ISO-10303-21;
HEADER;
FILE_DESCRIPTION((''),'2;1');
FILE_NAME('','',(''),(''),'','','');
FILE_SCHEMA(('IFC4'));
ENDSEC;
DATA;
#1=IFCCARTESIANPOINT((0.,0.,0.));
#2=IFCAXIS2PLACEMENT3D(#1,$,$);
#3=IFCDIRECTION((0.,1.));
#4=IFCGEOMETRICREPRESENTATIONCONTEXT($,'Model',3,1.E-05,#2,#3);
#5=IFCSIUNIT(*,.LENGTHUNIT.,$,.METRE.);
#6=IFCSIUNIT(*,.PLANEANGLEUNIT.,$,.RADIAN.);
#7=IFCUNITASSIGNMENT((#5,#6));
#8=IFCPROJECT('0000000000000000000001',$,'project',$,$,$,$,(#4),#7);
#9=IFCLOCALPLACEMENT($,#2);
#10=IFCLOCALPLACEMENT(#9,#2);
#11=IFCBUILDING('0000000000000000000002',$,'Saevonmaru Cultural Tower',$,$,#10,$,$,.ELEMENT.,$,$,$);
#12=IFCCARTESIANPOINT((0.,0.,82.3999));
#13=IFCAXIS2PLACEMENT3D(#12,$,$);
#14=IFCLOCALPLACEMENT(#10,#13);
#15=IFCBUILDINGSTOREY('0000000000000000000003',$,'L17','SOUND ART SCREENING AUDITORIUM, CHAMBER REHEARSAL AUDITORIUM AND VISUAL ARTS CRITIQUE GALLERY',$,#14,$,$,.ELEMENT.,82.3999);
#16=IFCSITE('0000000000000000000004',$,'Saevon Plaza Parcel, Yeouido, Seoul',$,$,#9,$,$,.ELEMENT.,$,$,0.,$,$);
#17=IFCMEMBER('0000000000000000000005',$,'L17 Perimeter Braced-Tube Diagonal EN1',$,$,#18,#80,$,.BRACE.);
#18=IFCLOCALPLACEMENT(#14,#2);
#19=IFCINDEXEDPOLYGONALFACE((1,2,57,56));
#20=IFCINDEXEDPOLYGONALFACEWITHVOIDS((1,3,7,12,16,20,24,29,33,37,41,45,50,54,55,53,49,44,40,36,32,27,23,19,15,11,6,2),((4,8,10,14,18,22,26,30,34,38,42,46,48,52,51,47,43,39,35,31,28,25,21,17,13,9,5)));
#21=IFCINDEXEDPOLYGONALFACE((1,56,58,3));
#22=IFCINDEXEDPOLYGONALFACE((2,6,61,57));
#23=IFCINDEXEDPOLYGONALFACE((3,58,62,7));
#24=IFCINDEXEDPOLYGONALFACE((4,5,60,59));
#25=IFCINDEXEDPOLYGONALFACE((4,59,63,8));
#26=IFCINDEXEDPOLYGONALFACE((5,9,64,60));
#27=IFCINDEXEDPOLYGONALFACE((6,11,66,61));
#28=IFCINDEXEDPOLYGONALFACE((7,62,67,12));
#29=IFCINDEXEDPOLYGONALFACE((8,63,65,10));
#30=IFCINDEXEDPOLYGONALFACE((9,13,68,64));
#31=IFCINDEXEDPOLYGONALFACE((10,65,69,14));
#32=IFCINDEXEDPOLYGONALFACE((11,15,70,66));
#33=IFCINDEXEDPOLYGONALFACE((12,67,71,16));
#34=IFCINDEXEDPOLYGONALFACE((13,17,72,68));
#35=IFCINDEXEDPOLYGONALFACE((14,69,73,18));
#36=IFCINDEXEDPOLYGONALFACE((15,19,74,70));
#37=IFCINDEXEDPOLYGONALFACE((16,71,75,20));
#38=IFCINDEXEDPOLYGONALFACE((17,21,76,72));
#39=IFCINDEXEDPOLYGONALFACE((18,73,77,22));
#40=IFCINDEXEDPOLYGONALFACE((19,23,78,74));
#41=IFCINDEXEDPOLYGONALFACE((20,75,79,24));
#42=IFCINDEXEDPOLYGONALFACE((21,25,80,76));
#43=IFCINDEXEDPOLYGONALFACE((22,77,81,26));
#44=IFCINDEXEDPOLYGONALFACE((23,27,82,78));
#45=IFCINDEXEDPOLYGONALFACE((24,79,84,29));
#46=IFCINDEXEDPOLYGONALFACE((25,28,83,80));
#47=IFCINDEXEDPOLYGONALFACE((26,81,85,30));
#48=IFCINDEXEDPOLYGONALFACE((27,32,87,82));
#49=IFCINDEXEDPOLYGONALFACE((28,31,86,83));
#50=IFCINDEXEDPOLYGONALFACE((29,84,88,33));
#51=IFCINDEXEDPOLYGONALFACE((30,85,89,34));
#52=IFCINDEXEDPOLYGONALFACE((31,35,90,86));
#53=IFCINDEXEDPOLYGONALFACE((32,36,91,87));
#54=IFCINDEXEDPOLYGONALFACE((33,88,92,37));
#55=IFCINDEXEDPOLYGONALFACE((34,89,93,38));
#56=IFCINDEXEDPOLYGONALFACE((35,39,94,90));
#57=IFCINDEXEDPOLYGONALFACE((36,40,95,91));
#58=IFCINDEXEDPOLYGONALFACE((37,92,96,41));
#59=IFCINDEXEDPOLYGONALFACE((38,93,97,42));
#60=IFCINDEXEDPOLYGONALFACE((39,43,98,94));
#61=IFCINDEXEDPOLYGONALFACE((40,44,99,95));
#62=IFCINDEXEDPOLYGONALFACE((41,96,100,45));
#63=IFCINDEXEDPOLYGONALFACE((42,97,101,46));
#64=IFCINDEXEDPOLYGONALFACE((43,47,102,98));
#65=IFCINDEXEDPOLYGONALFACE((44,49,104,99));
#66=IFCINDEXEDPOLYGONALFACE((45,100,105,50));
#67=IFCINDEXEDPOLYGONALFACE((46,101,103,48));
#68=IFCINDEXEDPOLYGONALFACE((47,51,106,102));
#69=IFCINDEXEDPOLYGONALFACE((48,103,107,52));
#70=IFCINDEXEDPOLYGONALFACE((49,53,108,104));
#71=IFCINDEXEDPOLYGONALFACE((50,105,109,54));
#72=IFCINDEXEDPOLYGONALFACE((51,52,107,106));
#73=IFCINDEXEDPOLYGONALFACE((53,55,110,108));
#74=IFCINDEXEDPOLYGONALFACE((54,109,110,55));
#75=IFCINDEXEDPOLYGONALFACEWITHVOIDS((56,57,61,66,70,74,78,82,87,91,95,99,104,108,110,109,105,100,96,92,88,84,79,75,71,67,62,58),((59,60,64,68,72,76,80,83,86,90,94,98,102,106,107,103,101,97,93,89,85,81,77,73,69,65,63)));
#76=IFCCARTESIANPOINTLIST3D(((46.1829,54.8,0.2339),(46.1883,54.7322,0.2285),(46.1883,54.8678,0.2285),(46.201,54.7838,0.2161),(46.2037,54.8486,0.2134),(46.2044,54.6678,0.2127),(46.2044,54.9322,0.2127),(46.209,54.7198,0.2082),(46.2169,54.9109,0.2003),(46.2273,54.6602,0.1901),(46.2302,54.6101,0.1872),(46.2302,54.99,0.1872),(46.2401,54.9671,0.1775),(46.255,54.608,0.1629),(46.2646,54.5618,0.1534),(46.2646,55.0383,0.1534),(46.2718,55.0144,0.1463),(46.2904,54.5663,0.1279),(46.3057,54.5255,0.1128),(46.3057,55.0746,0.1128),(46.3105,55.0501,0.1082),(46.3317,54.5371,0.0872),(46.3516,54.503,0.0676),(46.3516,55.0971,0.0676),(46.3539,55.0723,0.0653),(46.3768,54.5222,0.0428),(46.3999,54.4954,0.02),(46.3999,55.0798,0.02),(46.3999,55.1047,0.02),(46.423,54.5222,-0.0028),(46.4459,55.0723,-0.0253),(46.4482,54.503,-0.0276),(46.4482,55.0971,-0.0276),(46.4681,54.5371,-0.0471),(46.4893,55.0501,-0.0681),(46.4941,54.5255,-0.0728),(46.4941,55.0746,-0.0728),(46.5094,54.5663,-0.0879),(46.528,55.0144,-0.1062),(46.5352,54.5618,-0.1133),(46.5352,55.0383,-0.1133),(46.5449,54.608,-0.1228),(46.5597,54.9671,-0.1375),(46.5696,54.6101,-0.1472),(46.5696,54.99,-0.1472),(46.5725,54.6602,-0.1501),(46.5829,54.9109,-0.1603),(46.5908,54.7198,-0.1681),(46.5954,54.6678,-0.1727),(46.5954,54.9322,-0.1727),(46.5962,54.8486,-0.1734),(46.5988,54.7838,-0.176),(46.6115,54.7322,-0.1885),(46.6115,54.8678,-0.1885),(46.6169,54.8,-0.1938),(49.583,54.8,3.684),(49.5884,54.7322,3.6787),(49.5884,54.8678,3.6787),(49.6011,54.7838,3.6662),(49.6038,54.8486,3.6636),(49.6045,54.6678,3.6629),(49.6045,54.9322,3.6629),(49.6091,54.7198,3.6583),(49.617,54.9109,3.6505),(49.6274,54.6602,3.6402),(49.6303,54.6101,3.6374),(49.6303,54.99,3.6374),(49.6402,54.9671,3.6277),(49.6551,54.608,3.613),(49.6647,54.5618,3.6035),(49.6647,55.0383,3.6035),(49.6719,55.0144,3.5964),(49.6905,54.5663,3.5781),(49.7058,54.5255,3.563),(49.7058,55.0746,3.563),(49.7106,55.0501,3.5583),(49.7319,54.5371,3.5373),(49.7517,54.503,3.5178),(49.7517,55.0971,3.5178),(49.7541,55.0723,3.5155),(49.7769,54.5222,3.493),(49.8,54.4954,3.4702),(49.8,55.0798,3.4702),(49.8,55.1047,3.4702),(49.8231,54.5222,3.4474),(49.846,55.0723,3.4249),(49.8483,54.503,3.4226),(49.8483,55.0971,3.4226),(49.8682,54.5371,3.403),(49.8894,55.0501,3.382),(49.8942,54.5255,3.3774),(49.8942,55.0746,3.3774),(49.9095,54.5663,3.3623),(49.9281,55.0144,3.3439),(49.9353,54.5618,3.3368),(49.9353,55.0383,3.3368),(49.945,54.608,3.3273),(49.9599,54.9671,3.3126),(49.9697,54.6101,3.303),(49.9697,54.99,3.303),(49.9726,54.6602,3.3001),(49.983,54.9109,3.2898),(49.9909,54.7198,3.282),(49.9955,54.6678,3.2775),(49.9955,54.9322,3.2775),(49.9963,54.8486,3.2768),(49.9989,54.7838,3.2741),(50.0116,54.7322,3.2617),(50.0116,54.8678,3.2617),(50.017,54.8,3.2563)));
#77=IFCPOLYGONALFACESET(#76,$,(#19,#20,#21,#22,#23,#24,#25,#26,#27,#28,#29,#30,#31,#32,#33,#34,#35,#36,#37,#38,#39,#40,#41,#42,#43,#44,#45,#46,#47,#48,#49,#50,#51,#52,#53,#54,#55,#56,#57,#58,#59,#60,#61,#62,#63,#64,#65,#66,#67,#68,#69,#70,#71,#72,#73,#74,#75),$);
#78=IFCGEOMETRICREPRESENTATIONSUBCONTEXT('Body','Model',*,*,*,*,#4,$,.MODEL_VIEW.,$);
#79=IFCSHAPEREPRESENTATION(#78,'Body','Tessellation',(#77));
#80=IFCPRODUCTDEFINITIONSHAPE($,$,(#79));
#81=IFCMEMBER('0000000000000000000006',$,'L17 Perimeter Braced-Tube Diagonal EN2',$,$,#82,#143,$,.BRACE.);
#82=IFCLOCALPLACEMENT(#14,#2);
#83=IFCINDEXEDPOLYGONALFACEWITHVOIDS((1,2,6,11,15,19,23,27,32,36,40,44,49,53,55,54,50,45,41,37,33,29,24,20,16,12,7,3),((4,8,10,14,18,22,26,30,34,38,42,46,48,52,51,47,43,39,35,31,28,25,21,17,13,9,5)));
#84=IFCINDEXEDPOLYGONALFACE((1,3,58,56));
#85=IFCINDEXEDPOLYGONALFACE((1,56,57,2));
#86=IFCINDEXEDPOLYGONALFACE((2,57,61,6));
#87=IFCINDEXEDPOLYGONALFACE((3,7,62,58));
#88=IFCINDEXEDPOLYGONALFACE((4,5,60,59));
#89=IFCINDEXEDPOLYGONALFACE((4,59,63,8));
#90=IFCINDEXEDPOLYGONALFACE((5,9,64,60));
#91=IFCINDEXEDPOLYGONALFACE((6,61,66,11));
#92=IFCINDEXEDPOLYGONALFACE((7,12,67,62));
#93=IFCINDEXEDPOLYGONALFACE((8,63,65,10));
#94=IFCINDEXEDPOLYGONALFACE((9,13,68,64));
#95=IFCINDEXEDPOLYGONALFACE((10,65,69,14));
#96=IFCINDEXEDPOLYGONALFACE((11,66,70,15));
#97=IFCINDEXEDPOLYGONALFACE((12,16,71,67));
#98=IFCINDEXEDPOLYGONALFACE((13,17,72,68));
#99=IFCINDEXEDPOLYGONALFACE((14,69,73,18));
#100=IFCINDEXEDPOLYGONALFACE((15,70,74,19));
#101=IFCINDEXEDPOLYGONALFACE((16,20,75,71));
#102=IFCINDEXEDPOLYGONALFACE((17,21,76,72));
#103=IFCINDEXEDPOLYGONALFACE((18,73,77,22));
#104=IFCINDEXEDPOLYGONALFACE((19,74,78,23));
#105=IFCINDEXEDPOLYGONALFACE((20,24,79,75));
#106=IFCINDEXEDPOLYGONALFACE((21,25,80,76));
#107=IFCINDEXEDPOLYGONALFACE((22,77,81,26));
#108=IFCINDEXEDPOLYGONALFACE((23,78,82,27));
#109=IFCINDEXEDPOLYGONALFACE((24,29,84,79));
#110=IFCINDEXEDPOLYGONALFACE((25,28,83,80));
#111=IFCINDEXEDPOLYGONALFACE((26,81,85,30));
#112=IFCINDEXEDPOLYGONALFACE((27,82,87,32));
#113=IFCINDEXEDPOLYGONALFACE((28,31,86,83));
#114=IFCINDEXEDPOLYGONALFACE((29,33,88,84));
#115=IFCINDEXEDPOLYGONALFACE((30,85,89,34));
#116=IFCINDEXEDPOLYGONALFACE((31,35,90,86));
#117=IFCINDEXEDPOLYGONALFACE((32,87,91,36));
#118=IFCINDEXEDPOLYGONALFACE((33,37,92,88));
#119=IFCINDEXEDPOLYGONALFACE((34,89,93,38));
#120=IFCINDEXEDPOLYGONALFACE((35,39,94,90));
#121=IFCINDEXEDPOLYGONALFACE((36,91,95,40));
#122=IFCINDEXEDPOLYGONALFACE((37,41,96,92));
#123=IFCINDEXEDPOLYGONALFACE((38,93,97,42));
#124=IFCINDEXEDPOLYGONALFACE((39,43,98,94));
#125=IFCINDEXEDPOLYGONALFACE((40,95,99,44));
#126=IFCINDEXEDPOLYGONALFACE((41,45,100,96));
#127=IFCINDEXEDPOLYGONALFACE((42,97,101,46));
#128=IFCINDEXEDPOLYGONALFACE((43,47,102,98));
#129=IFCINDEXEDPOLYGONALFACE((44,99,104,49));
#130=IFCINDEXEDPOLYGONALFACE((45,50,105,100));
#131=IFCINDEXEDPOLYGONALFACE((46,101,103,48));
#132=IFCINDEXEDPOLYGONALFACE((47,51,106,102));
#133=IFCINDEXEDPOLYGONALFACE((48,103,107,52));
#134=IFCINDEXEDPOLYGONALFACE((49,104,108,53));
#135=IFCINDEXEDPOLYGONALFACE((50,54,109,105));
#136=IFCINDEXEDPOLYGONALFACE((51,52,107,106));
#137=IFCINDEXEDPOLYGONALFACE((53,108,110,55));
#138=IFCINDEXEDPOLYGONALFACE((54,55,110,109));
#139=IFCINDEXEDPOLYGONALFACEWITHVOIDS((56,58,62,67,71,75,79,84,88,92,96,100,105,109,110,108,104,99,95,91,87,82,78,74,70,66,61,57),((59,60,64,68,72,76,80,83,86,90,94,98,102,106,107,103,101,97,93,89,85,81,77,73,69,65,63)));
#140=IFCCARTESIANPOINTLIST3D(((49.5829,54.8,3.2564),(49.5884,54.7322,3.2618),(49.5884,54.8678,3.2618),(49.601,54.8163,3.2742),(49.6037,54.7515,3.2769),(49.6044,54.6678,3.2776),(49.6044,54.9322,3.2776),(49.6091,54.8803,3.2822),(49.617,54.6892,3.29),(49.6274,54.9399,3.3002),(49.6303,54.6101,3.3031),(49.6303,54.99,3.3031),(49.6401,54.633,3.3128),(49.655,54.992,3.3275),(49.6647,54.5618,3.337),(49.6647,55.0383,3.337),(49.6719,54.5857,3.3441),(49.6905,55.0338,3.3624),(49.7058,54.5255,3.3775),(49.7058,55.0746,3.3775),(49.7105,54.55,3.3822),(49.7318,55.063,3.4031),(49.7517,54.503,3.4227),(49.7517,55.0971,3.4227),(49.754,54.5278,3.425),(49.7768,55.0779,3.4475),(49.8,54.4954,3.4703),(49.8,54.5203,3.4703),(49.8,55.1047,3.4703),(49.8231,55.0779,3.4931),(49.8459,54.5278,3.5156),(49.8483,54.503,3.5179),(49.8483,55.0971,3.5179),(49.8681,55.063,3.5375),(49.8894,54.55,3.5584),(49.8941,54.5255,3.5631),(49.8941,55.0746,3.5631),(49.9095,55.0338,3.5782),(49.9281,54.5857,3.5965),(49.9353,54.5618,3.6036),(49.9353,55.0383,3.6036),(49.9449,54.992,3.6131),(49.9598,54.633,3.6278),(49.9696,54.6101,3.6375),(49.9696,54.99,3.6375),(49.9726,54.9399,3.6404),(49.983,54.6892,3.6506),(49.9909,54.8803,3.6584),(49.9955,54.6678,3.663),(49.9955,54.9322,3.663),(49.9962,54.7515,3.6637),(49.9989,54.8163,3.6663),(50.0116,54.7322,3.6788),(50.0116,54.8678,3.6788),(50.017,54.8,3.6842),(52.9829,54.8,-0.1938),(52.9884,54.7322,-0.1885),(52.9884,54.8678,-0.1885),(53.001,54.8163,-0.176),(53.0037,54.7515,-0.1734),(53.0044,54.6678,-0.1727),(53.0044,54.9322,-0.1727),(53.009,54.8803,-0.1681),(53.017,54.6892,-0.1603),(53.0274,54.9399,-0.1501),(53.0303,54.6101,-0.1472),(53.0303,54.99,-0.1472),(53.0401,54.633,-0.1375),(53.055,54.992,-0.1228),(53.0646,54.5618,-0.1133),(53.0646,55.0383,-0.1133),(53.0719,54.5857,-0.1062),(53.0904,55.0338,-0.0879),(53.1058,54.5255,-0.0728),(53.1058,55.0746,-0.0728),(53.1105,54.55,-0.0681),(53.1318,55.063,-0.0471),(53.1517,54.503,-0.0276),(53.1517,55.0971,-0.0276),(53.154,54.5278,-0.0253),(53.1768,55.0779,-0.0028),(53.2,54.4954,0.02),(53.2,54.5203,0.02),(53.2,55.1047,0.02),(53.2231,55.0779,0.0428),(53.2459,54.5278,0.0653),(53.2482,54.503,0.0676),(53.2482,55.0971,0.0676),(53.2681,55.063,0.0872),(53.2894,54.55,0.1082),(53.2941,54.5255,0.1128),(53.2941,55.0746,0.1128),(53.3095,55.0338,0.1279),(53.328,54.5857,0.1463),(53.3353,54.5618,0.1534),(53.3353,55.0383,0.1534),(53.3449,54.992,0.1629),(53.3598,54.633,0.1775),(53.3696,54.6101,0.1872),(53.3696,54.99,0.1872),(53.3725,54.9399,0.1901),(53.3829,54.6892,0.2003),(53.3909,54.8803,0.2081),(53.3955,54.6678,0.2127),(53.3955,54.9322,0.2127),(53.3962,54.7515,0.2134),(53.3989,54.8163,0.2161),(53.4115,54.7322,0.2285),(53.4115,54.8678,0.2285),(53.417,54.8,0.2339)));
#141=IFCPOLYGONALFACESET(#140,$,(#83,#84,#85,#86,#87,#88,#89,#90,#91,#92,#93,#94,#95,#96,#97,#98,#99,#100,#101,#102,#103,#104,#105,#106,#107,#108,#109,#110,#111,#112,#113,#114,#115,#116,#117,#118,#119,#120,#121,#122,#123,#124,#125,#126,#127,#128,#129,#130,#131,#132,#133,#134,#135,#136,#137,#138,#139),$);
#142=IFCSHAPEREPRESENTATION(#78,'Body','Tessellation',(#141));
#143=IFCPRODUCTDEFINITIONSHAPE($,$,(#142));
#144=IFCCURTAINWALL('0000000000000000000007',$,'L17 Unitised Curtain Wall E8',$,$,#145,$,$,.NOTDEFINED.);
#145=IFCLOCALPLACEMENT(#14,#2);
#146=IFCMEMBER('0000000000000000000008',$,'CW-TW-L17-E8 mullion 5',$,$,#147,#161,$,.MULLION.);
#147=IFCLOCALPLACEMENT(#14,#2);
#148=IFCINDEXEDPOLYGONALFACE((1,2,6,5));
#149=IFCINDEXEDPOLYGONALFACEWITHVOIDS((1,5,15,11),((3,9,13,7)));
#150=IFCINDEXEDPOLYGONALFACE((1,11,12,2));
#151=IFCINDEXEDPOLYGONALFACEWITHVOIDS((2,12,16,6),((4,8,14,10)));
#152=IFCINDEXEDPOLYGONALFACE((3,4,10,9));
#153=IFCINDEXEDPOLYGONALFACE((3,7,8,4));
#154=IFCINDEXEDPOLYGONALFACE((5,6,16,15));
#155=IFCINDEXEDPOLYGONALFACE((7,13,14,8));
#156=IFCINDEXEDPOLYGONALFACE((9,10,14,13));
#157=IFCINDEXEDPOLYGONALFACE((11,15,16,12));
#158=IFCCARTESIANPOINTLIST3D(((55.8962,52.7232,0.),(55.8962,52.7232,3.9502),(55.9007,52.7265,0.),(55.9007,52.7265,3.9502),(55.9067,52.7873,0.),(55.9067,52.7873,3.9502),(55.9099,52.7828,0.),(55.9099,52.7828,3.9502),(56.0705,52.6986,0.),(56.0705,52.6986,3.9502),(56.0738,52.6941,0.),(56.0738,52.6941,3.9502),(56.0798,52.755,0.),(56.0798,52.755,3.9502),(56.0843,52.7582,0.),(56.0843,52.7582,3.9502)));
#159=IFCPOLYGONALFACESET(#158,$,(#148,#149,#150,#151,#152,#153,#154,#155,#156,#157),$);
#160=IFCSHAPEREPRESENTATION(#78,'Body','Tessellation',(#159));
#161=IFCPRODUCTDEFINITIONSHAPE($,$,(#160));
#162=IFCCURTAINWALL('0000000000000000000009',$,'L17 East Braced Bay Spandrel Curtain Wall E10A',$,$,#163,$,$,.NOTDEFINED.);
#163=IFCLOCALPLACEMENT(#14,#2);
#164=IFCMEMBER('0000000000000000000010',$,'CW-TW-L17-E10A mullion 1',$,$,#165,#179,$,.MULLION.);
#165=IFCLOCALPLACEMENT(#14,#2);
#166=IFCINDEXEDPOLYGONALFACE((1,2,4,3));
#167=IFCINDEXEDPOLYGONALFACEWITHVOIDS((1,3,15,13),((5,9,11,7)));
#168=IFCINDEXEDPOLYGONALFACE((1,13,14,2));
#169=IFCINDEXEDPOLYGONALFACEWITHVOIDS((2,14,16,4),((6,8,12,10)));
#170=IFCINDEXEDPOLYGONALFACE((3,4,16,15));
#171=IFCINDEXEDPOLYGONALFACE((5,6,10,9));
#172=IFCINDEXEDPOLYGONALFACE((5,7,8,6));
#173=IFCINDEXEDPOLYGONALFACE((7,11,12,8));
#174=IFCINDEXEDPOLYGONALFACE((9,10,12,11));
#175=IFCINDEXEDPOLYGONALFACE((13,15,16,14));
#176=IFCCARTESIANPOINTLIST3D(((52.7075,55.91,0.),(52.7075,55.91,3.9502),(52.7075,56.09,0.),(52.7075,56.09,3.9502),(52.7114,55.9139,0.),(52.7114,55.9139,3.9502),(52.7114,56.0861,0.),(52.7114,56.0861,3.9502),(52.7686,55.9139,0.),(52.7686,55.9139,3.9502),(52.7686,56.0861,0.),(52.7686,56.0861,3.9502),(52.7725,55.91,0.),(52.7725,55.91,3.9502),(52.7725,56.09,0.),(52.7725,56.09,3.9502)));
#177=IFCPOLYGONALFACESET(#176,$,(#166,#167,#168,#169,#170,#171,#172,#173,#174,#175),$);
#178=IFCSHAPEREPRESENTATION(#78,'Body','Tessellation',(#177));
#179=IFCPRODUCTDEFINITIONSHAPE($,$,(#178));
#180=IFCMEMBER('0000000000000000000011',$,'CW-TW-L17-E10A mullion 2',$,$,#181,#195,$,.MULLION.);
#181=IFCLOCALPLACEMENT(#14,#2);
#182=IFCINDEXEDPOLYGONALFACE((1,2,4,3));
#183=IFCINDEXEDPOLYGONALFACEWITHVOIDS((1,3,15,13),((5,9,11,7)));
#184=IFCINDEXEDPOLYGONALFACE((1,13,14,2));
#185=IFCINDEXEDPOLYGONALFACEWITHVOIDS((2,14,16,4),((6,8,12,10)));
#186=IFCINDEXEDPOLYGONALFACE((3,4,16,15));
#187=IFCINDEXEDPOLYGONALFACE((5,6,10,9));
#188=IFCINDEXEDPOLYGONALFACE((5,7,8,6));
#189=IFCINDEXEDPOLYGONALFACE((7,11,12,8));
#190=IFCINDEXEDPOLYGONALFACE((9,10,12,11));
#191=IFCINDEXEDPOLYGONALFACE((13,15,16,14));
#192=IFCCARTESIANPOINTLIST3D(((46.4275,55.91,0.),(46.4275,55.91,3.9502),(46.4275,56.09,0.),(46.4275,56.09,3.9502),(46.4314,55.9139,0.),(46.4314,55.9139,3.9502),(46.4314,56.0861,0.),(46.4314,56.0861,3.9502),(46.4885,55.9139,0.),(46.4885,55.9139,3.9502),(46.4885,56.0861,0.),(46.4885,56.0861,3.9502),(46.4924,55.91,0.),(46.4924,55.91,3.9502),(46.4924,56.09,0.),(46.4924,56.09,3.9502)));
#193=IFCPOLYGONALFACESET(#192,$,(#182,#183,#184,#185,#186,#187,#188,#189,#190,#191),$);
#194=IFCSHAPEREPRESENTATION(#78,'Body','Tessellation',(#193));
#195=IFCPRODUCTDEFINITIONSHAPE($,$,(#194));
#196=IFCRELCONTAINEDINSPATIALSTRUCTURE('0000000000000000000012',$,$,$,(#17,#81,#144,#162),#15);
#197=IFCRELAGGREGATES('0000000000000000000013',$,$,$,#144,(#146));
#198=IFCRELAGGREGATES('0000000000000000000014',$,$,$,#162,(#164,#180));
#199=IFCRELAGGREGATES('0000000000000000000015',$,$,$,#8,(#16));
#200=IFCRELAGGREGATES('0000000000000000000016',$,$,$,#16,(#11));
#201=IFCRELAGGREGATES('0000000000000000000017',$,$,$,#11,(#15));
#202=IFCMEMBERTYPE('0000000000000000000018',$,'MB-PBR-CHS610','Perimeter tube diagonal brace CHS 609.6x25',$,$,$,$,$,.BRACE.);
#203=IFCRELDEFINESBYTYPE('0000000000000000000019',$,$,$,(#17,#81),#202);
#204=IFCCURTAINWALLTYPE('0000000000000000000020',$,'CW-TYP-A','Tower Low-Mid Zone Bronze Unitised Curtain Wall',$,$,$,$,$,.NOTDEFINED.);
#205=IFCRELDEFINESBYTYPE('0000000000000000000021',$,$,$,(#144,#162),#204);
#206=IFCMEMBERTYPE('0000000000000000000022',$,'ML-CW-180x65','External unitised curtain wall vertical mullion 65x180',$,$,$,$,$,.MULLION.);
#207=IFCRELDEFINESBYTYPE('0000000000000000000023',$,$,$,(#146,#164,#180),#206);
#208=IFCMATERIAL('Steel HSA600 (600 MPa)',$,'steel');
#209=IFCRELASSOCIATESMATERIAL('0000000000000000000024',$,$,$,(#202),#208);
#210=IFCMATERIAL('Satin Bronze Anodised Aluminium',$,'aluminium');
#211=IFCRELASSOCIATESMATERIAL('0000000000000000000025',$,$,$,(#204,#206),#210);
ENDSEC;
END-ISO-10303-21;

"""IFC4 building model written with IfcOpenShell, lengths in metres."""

from ifc_helpers import new_model, si_unit, direction, frame, origin, origin_2d, place, context, subcontext, project, spatial, hollow_rectangle, hollow_circle, extrude, material, material_profile, profile_set, type_object, element, aggregate, save


model = new_model("IFC4")

# Units and contexts
model_context = context("Model", 3, precision=1e-05, world=origin(), true_north=direction((0.0, 1.0)))
body_context = subcontext(model_context, "Body", "Model", "MODEL_VIEW")
ifc_project = project(units=[si_unit("LENGTHUNIT", "METRE"), si_unit("PLANEANGLEUNIT", "RADIAN")], contexts=[model_context])

# Site, building, storey
site_placement = place(None, origin())
site = spatial("IfcSite", under=ifc_project, at=site_placement, Name="Saevon Plaza Parcel, Yeouido, Seoul", CompositionType="ELEMENT", RefElevation=0.0)
building_placement = place(site_placement, origin())
building = spatial("IfcBuilding", under=site, at=building_placement, Name="Saevonmaru Cultural Tower", CompositionType="ELEMENT")
storey_placement = place(building_placement, frame((0.0, 0.0, 82.3999)))
storey = spatial("IfcBuildingStorey", under=building, at=storey_placement, Name="L17", Description="SOUND ART SCREENING AUDITORIUM, CHAMBER REHEARSAL AUDITORIUM AND VISUAL ARTS CRITIQUE GALLERY", CompositionType="ELEMENT", Elevation=82.3999)

# Shared definitions
ifc_material_1 = material(Name="Steel HSA600 (600 MPa)", Category="steel")

# Members
ifc_material_profile_1 = material_profile(ifc_material_1, hollow_circle(Radius=0.3047, WallThickness=0.0249, at=origin_2d()), Name="CHS-609.6x25")
ifc_profile_set_1 = profile_set([ifc_material_profile_1], Name="Steel HSA600 (600 MPa)")
member_type_1 = type_object("IfcMemberType", Name="MB-PBR-CHS610", Description="Perimeter tube diagonal brace CHS 609.6x25", PredefinedType="BRACE", material=ifc_profile_set_1)
for number, where, z_axis, x_axis, name in (
    (1, (46.3999, 54.8, 0.02), (0.701922, 0.0, 0.712254), (0.0, 1.0, 0.0), "L17 Perimeter Braced-Tube Diagonal EN1"),
    (2, (53.2, 54.8, 0.02), (-0.701896, 0.0, 0.712279), (0.0, -1.0, 0.0), "L17 Perimeter Braced-Tube Diagonal EN2"),
):
    element("IfcMember", number, at=place(storey_placement, frame(where, z_axis=z_axis, x_axis=x_axis)), inside=storey, type_object=member_type_1, Name=name, PredefinedType="BRACE", context=body_context, shape_type="SweptSolid", body=[
        extrude(hollow_circle(Radius=0.3047, WallThickness=0.0249, at=origin_2d()), origin(), (0.0, 0.0, 1.0), 4.844),
    ])

# Curtain wall, member
ifc_material_2 = material(Name="Satin Bronze Anodised Aluminium", Category="aluminium")
curtain_wall_type = type_object("IfcCurtainWallType", Name="CW-TYP-A", Description="Tower Low-Mid Zone Bronze Unitised Curtain Wall", PredefinedType="NOTDEFINED", material=ifc_material_2)
curtain_wall_1_placement = place(storey_placement, origin())
curtain_wall_1 = element("IfcCurtainWall", 3, at=curtain_wall_1_placement, inside=storey, type_object=curtain_wall_type, Name="L17 Unitised Curtain Wall E8", PredefinedType="NOTDEFINED")
ifc_material_profile_2 = material_profile(ifc_material_2, hollow_rectangle(XDim=0.0649, YDim=0.1799, WallThickness=0.0039, at=origin_2d()), Name="ALU-MULL-180x65x4")
ifc_profile_set_2 = profile_set([ifc_material_profile_2], Name="Satin Bronze Anodised Aluminium")
member_type_2 = type_object("IfcMemberType", Name="ML-CW-180x65", Description="External unitised curtain wall vertical mullion 65x180", PredefinedType="MULLION", material=ifc_profile_set_2)
member_1_placement = place(storey_placement, frame((55.9902, 52.7407, 0.0), z_axis=(0.0, 0.0, 1.0), x_axis=(0.161709, 0.986839, 0.0)))
member_1 = element("IfcMember", 4, at=member_1_placement, type_object=member_type_2, Name="CW-TW-L17-E8 mullion 5", PredefinedType="MULLION", context=body_context, shape_type="SweptSolid", body=[
    extrude(hollow_rectangle(XDim=0.0649, YDim=0.1799, WallThickness=0.0039, at=origin_2d()), origin(), (0.0, 0.0, 1.0), 3.9502),
])

# Curtain wall, members
curtain_wall_2_placement = place(storey_placement, origin())
curtain_wall_2 = element("IfcCurtainWall", 5, at=curtain_wall_2_placement, inside=storey, type_object=curtain_wall_type, Name="L17 East Braced Bay Spandrel Curtain Wall E10A", PredefinedType="NOTDEFINED")
member_2_placement = place(storey_placement, frame((52.74, 56.0, 0.0), z_axis=(0.0, 0.0, 1.0), x_axis=(-1.0, 0.0, 0.0)))
member_2 = element("IfcMember", 6, at=member_2_placement, type_object=member_type_2, Name="CW-TW-L17-E10A mullion 1", PredefinedType="MULLION", context=body_context, shape_type="SweptSolid", body=[
    extrude(hollow_rectangle(XDim=0.0649, YDim=0.1799, WallThickness=0.0039, at=origin_2d()), origin(), (0.0, 0.0, 1.0), 3.9502),
])
member_3_placement = place(storey_placement, frame((46.46, 56.0, 0.0), z_axis=(0.0, 0.0, 1.0), x_axis=(-1.0, 0.0, 0.0)))
member_3 = element("IfcMember", 7, at=member_3_placement, type_object=member_type_2, Name="CW-TW-L17-E10A mullion 2", PredefinedType="MULLION", context=body_context, shape_type="SweptSolid", body=[
    extrude(hollow_rectangle(XDim=0.0649, YDim=0.1799, WallThickness=0.0039, at=origin_2d()), origin(), (0.0, 0.0, 1.0), 3.9502),
])

aggregate(curtain_wall_1, [member_1])
aggregate(curtain_wall_2, [member_2, member_3])

save(model, "model.ifc")
